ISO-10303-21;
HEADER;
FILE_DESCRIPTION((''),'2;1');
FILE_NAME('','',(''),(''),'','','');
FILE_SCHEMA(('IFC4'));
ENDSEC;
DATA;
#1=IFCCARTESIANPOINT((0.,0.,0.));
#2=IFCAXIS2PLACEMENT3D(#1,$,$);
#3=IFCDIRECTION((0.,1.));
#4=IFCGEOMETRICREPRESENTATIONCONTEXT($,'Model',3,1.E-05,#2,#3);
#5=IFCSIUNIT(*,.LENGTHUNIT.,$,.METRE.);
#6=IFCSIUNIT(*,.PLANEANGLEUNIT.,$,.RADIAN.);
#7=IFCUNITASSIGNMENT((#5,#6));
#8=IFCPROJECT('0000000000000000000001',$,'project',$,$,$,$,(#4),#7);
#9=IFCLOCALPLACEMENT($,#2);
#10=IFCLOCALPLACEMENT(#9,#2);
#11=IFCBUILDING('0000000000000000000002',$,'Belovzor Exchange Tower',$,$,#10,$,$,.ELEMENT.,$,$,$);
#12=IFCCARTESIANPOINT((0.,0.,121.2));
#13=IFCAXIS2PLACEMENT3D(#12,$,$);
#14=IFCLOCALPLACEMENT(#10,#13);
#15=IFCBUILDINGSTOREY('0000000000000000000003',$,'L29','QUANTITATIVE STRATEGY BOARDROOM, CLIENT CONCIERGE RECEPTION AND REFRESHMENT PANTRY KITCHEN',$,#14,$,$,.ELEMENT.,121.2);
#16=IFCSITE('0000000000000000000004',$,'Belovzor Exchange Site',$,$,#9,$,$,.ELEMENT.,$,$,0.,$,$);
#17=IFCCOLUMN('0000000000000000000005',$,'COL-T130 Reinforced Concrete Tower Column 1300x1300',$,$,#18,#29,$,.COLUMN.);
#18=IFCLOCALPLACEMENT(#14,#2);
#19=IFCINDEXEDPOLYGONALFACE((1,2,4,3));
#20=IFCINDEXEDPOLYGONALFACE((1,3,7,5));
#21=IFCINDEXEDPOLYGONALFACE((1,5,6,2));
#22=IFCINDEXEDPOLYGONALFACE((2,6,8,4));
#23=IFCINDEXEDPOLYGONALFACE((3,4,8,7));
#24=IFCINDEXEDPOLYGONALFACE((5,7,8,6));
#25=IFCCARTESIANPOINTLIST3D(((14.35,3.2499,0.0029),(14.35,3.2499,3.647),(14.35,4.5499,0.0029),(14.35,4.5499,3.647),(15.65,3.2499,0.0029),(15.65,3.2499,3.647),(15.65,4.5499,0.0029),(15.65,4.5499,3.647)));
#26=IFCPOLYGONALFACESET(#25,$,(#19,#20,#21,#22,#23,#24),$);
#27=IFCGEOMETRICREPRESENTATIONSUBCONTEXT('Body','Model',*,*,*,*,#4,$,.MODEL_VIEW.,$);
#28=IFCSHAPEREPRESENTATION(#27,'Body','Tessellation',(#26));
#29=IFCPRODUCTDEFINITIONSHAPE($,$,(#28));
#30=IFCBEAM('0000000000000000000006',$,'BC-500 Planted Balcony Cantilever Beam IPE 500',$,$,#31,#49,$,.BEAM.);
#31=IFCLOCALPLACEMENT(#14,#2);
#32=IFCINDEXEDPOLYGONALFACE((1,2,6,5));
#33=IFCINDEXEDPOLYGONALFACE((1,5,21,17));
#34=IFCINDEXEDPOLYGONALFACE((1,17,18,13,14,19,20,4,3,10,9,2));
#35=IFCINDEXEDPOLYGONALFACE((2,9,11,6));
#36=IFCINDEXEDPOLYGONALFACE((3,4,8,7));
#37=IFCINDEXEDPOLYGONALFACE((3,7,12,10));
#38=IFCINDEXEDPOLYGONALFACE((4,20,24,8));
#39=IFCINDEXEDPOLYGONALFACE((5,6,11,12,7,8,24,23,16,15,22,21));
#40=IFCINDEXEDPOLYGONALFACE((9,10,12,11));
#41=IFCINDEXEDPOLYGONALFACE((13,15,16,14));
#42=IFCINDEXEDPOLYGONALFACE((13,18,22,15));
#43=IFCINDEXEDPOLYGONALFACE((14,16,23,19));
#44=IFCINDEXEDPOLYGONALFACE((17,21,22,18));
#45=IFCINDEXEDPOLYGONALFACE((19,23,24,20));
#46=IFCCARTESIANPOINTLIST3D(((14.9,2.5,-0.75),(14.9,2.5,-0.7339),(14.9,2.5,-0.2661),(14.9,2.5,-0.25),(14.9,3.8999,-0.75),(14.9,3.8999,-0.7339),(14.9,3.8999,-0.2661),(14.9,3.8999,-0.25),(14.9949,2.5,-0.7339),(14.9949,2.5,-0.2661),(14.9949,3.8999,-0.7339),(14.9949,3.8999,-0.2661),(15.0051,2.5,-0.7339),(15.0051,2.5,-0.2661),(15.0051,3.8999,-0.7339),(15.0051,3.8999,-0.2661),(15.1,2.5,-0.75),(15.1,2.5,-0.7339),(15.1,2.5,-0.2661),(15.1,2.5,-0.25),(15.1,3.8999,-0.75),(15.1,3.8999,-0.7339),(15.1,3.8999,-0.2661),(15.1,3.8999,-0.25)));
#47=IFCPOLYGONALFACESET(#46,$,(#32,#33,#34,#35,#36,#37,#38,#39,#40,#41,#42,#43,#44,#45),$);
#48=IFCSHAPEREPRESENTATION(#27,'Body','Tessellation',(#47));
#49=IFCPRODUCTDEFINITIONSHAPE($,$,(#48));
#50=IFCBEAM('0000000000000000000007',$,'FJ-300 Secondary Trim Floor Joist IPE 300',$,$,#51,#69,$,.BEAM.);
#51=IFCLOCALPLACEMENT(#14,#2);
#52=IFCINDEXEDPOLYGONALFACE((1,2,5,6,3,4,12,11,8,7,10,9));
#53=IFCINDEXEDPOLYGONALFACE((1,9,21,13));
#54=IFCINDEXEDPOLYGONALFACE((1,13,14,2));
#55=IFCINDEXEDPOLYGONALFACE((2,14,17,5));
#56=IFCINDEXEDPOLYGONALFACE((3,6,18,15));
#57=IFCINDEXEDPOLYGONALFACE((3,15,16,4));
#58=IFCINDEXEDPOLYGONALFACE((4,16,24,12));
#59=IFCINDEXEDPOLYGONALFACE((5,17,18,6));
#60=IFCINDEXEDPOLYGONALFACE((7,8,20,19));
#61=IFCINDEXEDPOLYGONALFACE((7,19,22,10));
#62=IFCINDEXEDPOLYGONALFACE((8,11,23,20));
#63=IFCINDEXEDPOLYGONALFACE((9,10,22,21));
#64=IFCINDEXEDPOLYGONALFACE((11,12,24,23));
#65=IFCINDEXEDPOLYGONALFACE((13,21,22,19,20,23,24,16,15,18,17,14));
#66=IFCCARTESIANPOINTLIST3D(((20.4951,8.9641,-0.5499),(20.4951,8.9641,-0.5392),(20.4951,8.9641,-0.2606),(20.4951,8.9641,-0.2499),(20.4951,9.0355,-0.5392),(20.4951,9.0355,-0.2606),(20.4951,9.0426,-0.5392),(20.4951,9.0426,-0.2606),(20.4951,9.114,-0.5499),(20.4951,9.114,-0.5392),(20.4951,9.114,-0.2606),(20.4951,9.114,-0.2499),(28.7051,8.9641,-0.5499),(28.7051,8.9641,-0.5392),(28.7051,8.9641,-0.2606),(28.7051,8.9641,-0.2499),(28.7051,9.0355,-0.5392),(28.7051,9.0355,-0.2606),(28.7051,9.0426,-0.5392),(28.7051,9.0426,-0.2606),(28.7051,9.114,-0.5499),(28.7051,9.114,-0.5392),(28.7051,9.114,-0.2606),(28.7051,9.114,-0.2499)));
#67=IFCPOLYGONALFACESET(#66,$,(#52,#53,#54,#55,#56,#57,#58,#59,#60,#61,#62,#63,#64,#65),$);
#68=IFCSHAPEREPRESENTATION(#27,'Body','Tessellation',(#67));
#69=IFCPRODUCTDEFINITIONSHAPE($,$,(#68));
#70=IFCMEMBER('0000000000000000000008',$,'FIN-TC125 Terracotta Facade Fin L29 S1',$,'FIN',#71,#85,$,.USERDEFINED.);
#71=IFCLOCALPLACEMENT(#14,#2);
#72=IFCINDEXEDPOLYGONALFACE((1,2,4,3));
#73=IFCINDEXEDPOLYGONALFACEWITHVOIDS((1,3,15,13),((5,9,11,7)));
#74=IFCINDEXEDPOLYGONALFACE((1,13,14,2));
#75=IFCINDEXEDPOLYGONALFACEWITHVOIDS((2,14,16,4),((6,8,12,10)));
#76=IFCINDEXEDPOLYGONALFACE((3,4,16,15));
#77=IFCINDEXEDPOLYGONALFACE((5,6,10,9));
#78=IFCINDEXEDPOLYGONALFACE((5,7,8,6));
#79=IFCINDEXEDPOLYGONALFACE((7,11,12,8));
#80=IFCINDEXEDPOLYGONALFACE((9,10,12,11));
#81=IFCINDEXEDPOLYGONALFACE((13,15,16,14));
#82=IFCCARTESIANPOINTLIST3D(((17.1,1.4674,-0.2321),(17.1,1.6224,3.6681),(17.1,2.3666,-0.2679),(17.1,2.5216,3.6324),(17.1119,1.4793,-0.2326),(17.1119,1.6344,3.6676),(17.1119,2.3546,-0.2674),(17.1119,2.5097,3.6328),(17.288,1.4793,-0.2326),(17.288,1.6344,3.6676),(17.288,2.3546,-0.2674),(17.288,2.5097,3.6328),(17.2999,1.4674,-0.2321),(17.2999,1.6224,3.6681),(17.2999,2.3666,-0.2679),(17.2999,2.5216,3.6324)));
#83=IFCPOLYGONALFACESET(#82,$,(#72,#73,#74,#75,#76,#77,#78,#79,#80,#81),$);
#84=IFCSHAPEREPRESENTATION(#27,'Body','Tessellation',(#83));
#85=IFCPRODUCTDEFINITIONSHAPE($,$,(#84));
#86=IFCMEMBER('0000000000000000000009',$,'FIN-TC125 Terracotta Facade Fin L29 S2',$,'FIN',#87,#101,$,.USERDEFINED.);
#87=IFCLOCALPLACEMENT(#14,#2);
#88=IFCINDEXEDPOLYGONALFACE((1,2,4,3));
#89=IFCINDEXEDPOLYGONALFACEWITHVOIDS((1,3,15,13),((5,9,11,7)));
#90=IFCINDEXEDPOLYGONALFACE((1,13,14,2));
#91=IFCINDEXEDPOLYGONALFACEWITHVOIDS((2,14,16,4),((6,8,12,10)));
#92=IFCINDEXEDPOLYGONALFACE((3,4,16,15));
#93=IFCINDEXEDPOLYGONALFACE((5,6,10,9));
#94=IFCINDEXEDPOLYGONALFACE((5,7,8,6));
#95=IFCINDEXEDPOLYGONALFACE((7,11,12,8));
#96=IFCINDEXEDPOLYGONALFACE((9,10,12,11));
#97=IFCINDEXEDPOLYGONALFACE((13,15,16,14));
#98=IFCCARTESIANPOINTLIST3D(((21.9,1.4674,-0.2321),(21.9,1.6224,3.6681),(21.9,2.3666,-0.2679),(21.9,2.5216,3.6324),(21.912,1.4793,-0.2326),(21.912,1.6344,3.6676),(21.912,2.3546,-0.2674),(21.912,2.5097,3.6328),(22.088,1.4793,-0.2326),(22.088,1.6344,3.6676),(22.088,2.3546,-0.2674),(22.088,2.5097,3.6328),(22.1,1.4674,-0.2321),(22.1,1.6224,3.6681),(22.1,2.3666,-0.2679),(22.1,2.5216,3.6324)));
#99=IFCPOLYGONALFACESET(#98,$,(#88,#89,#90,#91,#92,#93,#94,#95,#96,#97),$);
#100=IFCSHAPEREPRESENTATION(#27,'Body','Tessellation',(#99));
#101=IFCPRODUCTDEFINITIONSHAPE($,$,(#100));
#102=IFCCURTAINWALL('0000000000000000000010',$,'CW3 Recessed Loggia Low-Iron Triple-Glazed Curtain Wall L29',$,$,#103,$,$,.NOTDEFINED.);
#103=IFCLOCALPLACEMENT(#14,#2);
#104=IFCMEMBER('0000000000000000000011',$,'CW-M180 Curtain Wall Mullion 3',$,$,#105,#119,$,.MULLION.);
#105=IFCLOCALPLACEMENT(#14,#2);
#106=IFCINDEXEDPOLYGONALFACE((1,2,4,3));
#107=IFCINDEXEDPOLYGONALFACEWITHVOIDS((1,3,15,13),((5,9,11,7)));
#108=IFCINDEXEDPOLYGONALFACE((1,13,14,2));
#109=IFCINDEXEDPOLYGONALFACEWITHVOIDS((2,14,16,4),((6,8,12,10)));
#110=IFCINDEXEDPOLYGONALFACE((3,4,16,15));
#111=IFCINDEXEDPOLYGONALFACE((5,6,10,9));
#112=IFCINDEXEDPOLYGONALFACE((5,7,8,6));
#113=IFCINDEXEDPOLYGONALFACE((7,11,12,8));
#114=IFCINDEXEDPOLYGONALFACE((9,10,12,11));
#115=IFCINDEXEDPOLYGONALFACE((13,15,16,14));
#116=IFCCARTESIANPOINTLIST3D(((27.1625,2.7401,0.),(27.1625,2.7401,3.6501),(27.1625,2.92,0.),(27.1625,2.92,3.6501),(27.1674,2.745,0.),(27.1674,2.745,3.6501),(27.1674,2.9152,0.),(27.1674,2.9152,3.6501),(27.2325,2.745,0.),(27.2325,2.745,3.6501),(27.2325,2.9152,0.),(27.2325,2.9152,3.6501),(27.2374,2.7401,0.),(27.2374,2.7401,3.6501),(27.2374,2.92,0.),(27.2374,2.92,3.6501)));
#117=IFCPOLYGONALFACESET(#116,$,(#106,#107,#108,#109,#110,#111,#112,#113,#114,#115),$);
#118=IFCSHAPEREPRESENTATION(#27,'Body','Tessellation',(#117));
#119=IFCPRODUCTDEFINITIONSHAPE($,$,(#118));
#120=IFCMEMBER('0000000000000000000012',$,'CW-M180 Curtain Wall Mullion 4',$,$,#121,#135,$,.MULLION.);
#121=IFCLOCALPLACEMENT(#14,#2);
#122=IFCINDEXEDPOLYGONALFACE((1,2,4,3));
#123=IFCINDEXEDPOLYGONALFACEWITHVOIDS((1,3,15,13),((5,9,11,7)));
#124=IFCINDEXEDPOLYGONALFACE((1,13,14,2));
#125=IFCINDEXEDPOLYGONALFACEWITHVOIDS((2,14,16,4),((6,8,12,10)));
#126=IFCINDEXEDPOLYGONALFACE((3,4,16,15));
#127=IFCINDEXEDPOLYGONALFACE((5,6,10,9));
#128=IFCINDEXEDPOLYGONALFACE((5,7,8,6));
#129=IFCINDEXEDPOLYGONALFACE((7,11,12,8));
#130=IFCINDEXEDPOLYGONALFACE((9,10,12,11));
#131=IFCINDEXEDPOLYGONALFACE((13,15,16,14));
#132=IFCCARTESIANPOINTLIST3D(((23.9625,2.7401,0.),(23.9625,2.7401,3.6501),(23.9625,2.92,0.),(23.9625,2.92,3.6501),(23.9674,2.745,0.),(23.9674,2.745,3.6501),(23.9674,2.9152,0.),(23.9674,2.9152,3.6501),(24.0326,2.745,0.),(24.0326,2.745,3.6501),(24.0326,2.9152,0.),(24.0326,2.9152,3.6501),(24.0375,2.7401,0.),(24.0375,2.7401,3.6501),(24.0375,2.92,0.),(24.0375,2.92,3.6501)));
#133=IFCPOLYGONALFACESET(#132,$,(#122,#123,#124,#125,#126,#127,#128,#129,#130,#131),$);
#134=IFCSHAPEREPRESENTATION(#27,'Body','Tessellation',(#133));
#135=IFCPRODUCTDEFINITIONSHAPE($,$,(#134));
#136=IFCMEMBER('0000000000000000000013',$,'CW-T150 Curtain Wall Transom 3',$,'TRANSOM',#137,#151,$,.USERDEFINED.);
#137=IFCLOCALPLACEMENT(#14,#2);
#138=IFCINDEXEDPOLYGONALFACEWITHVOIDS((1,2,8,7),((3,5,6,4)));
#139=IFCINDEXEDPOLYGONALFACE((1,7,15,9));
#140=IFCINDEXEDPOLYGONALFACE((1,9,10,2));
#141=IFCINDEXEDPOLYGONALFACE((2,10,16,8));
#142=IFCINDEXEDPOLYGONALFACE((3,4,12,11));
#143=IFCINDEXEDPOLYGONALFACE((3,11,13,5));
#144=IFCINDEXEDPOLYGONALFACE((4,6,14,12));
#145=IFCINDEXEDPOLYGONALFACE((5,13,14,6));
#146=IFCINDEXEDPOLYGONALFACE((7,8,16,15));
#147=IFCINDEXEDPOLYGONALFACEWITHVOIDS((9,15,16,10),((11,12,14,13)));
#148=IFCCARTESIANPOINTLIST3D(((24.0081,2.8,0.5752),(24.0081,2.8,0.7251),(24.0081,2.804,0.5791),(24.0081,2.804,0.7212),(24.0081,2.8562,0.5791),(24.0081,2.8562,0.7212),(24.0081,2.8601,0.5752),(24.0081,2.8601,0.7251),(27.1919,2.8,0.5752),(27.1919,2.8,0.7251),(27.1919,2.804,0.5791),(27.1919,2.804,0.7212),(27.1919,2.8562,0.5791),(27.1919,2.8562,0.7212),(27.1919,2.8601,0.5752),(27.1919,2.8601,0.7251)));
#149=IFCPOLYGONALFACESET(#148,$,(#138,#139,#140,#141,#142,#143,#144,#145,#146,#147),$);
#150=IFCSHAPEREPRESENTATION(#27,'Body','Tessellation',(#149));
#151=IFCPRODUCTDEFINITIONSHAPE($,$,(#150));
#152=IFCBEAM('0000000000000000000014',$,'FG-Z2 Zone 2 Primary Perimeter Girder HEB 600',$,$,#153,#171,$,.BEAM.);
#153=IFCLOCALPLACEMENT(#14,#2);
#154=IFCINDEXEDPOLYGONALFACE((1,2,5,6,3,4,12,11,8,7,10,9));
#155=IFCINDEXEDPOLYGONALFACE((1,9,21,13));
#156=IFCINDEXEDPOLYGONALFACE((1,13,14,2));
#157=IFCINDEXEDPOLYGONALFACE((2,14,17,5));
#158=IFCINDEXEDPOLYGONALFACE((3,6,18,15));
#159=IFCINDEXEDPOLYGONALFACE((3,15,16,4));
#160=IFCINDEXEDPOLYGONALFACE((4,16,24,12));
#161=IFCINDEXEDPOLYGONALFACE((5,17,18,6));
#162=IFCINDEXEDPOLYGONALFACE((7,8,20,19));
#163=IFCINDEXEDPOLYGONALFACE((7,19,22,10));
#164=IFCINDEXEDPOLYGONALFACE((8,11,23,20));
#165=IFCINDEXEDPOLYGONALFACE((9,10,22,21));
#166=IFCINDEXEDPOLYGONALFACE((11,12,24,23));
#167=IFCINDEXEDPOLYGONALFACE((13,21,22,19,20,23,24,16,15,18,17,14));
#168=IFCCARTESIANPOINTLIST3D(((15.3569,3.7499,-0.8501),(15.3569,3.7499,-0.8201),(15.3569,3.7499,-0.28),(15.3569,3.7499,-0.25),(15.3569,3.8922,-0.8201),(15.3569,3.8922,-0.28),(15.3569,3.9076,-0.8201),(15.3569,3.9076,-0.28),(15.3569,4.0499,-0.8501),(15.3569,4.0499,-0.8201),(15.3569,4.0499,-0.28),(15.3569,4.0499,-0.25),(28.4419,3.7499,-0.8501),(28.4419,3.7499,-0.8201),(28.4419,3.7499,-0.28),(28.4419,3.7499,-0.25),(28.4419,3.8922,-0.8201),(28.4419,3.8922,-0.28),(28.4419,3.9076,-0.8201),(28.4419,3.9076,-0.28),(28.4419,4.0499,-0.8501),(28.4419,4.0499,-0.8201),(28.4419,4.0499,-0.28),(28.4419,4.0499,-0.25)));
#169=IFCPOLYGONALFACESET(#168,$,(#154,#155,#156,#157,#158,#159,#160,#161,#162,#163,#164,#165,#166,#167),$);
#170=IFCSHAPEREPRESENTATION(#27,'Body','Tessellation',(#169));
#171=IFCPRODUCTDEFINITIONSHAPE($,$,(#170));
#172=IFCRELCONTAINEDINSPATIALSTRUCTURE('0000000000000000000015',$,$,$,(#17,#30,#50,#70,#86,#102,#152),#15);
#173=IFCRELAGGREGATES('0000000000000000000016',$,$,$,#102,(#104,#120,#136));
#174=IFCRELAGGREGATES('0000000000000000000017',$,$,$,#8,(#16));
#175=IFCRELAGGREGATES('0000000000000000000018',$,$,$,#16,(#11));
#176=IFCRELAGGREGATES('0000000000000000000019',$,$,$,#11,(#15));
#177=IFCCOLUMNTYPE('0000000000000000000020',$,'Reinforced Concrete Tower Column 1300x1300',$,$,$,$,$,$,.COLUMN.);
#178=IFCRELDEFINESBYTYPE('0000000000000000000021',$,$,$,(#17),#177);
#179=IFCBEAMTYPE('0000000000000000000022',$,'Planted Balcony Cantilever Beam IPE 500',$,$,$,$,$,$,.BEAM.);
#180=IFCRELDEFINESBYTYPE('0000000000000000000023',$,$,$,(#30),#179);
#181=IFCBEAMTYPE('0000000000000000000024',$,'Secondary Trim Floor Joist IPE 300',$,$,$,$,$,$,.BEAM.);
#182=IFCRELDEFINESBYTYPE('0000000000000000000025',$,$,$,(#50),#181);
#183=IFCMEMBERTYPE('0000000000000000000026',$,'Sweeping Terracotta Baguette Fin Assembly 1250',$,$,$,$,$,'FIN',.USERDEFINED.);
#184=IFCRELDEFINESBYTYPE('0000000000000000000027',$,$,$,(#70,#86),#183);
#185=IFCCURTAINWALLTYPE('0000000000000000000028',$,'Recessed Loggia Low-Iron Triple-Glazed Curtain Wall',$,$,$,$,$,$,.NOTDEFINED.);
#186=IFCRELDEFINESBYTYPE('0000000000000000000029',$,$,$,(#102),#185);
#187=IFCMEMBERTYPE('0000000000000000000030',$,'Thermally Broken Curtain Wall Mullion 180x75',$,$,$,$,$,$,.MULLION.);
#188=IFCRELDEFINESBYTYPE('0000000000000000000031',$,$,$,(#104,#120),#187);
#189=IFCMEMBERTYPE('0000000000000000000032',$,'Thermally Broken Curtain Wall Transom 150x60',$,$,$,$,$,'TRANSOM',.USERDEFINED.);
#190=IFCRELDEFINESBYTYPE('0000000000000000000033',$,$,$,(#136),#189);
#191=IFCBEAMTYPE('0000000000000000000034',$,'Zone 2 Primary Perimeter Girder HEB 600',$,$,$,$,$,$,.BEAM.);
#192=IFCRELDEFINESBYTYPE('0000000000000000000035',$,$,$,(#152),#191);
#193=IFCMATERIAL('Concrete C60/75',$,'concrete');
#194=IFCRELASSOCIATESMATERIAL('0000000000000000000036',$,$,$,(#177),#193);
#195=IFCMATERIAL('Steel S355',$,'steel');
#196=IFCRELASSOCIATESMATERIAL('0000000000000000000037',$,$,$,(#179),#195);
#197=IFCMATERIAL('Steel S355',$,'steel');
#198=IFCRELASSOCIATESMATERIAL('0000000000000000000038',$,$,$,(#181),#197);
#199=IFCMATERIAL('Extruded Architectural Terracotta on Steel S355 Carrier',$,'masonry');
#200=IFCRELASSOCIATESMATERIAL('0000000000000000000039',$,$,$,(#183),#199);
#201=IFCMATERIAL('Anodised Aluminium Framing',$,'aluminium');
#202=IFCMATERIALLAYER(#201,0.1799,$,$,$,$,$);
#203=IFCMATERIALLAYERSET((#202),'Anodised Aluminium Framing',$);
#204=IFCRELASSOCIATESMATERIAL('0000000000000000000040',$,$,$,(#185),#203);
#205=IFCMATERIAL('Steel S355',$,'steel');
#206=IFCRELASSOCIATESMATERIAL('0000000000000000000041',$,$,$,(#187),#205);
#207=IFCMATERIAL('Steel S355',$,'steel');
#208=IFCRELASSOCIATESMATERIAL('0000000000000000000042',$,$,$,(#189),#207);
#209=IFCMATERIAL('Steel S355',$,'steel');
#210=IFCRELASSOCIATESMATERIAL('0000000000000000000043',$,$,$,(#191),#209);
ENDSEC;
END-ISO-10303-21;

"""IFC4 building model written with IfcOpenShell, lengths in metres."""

from ifc_helpers import new_model, si_unit, direction, frame, origin, origin_2d, place, context, subcontext, project, spatial, rectangle, hollow_rectangle, i_section, extrude, material, layer, layer_set, material_profile, profile_set, type_object, element, aggregate, save


model = new_model("IFC4")

# Units and contexts
model_context = context("Model", 3, precision=1e-05, world=origin(), true_north=direction((0.0, 1.0)))
body_context = subcontext(model_context, "Body", "Model", "MODEL_VIEW")
ifc_project = project(units=[si_unit("LENGTHUNIT", "METRE"), si_unit("PLANEANGLEUNIT", "RADIAN")], contexts=[model_context])

# Site, building, storey
site_placement = place(None, origin())
site = spatial("IfcSite", under=ifc_project, at=site_placement, Name="Belovzor Exchange Site", CompositionType="ELEMENT", RefElevation=0.0)
building_placement = place(site_placement, origin())
building = spatial("IfcBuilding", under=site, at=building_placement, Name="Belovzor Exchange Tower", CompositionType="ELEMENT")
storey_placement = place(building_placement, frame((0.0, 0.0, 121.2)))
storey = spatial("IfcBuildingStorey", under=building, at=storey_placement, Name="L29", Description="QUANTITATIVE STRATEGY BOARDROOM, CLIENT CONCIERGE RECEPTION AND REFRESHMENT PANTRY KITCHEN", CompositionType="ELEMENT", Elevation=121.2)

# Column
ifc_material_1 = material(Name="Concrete C60/75", Category="concrete")
ifc_material_profile_1 = material_profile(ifc_material_1, rectangle(XDim=1.3, YDim=1.3, at=origin_2d()))
ifc_profile_set_1 = profile_set([ifc_material_profile_1], Name="Concrete C60/75")
column_type = type_object("IfcColumnType", Name="Reinforced Concrete Tower Column 1300x1300", PredefinedType="COLUMN", material=ifc_profile_set_1)
column_placement = place(storey_placement, frame((15.0, 3.8999, 0.0029), z_axis=(0.0, 0.0, 1.0), x_axis=(1.0, 0.0, 0.0)))
element("IfcColumn", 1, at=column_placement, inside=storey, type_object=column_type, Name="COL-T130 Reinforced Concrete Tower Column 1300x1300", PredefinedType="COLUMN", context=body_context, shape_type="SweptSolid", body=[
    extrude(rectangle(XDim=1.3, YDim=1.3, at=origin_2d()), origin(), (0.0, 0.0, 1.0), 3.644),
])

# Beams
ifc_material_2 = material(Name="Steel S355", Category="steel")
ifc_material_profile_2 = material_profile(ifc_material_2, i_section(OverallWidth=0.2, OverallDepth=0.5, WebThickness=0.0103, FlangeThickness=0.0161, at=origin_2d()))
ifc_profile_set_2 = profile_set([ifc_material_profile_2], Name="Steel S355")
beam_type_1 = type_object("IfcBeamType", Name="Planted Balcony Cantilever Beam IPE 500", PredefinedType="BEAM", material=ifc_profile_set_2)
beam_1_placement = place(storey_placement, frame((15.0, 3.8999, -0.5), z_axis=(0.0, -1.0, 0.0), x_axis=(1.0, 0.0, 0.0)))
element("IfcBeam", 2, at=beam_1_placement, inside=storey, type_object=beam_type_1, Name="BC-500 Planted Balcony Cantilever Beam IPE 500", PredefinedType="BEAM", context=body_context, shape_type="SweptSolid", body=[
    extrude(i_section(OverallWidth=0.2, OverallDepth=0.5, WebThickness=0.0103, FlangeThickness=0.0161, at=origin_2d()), origin(), (0.0, 0.0, 1.0), 1.3999),
])
ifc_material_3 = material(Name="Steel S355", Category="steel")
ifc_material_profile_3 = material_profile(ifc_material_3, i_section(OverallWidth=0.1499, OverallDepth=0.3, WebThickness=0.0071, FlangeThickness=0.0107, at=origin_2d()))
ifc_profile_set_3 = profile_set([ifc_material_profile_3], Name="Steel S355")
beam_type_2 = type_object("IfcBeamType", Name="Secondary Trim Floor Joist IPE 300", PredefinedType="BEAM", material=ifc_profile_set_3)
beam_2_placement = place(storey_placement, frame((20.4951, 9.0391, -0.3999), z_axis=(1.0, 0.0, 0.0), x_axis=(0.0, 1.0, 0.0)))
element("IfcBeam", 3, at=beam_2_placement, inside=storey, type_object=beam_type_2, Name="FJ-300 Secondary Trim Floor Joist IPE 300", PredefinedType="BEAM", context=body_context, shape_type="SweptSolid", body=[
    extrude(i_section(OverallWidth=0.1499, OverallDepth=0.3, WebThickness=0.0071, FlangeThickness=0.0107, at=origin_2d()), origin(), (0.0, 0.0, 1.0), 8.21),
])

# Members
ifc_material_4 = material(Name="Extruded Architectural Terracotta on Steel S355 Carrier", Category="masonry")
ifc_material_profile_4 = material_profile(ifc_material_4, hollow_rectangle(XDim=0.2, YDim=0.8999, WallThickness=0.012, at=origin_2d()))
ifc_profile_set_4 = profile_set([ifc_material_profile_4], Name="Extruded Architectural Terracotta on Steel S355 Carrier")
member_type_1 = type_object("IfcMemberType", Name="Sweeping Terracotta Baguette Fin Assembly 1250", ElementType="FIN", PredefinedType="USERDEFINED", material=ifc_profile_set_4)
for number, where, z_axis, x_axis, name in (
    (4, (17.2, 1.917, -0.25), (0.0, 0.039718, 0.999211), (-1.0, 0.0, 0.0), "FIN-TC125 Terracotta Facade Fin L29 S1"),
    (5, (22.0, 1.917, -0.25), (0.0, 0.039718, 0.999211), (-1.0, 0.0, 0.0), "FIN-TC125 Terracotta Facade Fin L29 S2"),
):
    element("IfcMember", number, at=place(storey_placement, frame(where, z_axis=z_axis, x_axis=x_axis)), inside=storey, type_object=member_type_1, Name=name, ObjectType="FIN", PredefinedType="USERDEFINED", context=body_context, shape_type="SweptSolid", body=[
        extrude(hollow_rectangle(XDim=0.2, YDim=0.8999, WallThickness=0.012, at=origin_2d()), origin(), (0.0, 0.0, 1.0), 3.9033),
    ])

# Curtain wall, members
ifc_material_5 = material(Name="Anodised Aluminium Framing", Category="aluminium")
ifc_layer_1 = layer(ifc_material_5, 0.1799)
ifc_layer_set_1 = layer_set([ifc_layer_1], Name="Anodised Aluminium Framing")
curtain_wall_type = type_object("IfcCurtainWallType", Name="Recessed Loggia Low-Iron Triple-Glazed Curtain Wall", PredefinedType="NOTDEFINED", material=ifc_layer_set_1)
curtain_wall_placement = place(storey_placement, origin())
curtain_wall = element("IfcCurtainWall", 6, at=curtain_wall_placement, inside=storey, type_object=curtain_wall_type, Name="CW3 Recessed Loggia Low-Iron Triple-Glazed Curtain Wall L29", PredefinedType="NOTDEFINED")
ifc_material_6 = material(Name="Steel S355", Category="steel")
ifc_material_profile_5 = material_profile(ifc_material_6, hollow_rectangle(XDim=0.075, YDim=0.1799, WallThickness=0.0049, at=origin_2d()))
ifc_profile_set_5 = profile_set([ifc_material_profile_5], Name="Steel S355")
member_type_2 = type_object("IfcMemberType", Name="Thermally Broken Curtain Wall Mullion 180x75", PredefinedType="MULLION", material=ifc_profile_set_5)
member_1_placement = place(storey_placement, frame((27.2, 2.8301, 0.0), z_axis=(0.0, 0.0, 1.0), x_axis=(-1.0, 0.0, 0.0)))
member_1 = element("IfcMember", 7, at=member_1_placement, type_object=member_type_2, Name="CW-M180 Curtain Wall Mullion 3", PredefinedType="MULLION", context=body_context, shape_type="SweptSolid", body=[
    extrude(hollow_rectangle(XDim=0.075, YDim=0.1799, WallThickness=0.0049, at=origin_2d()), origin(), (0.0, 0.0, 1.0), 3.6501),
])
member_2_placement = place(storey_placement, frame((24.0, 2.8301, 0.0), z_axis=(0.0, 0.0, 1.0), x_axis=(-1.0, 0.0, 0.0)))
member_2 = element("IfcMember", 8, at=member_2_placement, type_object=member_type_2, Name="CW-M180 Curtain Wall Mullion 4", PredefinedType="MULLION", context=body_context, shape_type="SweptSolid", body=[
    extrude(hollow_rectangle(XDim=0.075, YDim=0.1799, WallThickness=0.0049, at=origin_2d()), origin(), (0.0, 0.0, 1.0), 3.6501),
])
ifc_material_7 = material(Name="Steel S355", Category="steel")
ifc_material_profile_6 = material_profile(ifc_material_7, hollow_rectangle(XDim=0.0601, YDim=0.1499, WallThickness=0.0039, at=origin_2d()))
ifc_profile_set_6 = profile_set([ifc_material_profile_6], Name="Steel S355")
member_type_3 = type_object("IfcMemberType", Name="Thermally Broken Curtain Wall Transom 150x60", ElementType="TRANSOM", PredefinedType="USERDEFINED", material=ifc_profile_set_6)
member_3_placement = place(storey_placement, frame((27.1919, 2.8301, 0.6501), z_axis=(-1.0, 0.0, 0.0), x_axis=(0.0, -1.0, 0.0)))
member_3 = element("IfcMember", 9, at=member_3_placement, type_object=member_type_3, Name="CW-T150 Curtain Wall Transom 3", ObjectType="TRANSOM", PredefinedType="USERDEFINED", context=body_context, shape_type="SweptSolid", body=[
    extrude(hollow_rectangle(XDim=0.0601, YDim=0.1499, WallThickness=0.0039, at=origin_2d()), origin(), (0.0, 0.0, 1.0), 3.1838),
])

# Beam
ifc_material_8 = material(Name="Steel S355", Category="steel")
ifc_material_profile_7 = material_profile(ifc_material_8, i_section(OverallWidth=0.3, OverallDepth=0.6001, WebThickness=0.0154, FlangeThickness=0.03, at=origin_2d()))
ifc_profile_set_7 = profile_set([ifc_material_profile_7], Name="Steel S355")
beam_type_3 = type_object("IfcBeamType", Name="Zone 2 Primary Perimeter Girder HEB 600", PredefinedType="BEAM", material=ifc_profile_set_7)
beam_3_placement = place(storey_placement, frame((15.3569, 3.8999, -0.55), z_axis=(1.0, 0.0, 0.0), x_axis=(0.0, 1.0, 0.0)))
element("IfcBeam", 10, at=beam_3_placement, inside=storey, type_object=beam_type_3, Name="FG-Z2 Zone 2 Primary Perimeter Girder HEB 600", PredefinedType="BEAM", context=body_context, shape_type="SweptSolid", body=[
    extrude(i_section(OverallWidth=0.3, OverallDepth=0.6001, WebThickness=0.0154, FlangeThickness=0.03, at=origin_2d()), origin(), (0.0, 0.0, 1.0), 13.085),
])

aggregate(curtain_wall, [member_1, member_2, member_3])

save(model, "model.ifc")
